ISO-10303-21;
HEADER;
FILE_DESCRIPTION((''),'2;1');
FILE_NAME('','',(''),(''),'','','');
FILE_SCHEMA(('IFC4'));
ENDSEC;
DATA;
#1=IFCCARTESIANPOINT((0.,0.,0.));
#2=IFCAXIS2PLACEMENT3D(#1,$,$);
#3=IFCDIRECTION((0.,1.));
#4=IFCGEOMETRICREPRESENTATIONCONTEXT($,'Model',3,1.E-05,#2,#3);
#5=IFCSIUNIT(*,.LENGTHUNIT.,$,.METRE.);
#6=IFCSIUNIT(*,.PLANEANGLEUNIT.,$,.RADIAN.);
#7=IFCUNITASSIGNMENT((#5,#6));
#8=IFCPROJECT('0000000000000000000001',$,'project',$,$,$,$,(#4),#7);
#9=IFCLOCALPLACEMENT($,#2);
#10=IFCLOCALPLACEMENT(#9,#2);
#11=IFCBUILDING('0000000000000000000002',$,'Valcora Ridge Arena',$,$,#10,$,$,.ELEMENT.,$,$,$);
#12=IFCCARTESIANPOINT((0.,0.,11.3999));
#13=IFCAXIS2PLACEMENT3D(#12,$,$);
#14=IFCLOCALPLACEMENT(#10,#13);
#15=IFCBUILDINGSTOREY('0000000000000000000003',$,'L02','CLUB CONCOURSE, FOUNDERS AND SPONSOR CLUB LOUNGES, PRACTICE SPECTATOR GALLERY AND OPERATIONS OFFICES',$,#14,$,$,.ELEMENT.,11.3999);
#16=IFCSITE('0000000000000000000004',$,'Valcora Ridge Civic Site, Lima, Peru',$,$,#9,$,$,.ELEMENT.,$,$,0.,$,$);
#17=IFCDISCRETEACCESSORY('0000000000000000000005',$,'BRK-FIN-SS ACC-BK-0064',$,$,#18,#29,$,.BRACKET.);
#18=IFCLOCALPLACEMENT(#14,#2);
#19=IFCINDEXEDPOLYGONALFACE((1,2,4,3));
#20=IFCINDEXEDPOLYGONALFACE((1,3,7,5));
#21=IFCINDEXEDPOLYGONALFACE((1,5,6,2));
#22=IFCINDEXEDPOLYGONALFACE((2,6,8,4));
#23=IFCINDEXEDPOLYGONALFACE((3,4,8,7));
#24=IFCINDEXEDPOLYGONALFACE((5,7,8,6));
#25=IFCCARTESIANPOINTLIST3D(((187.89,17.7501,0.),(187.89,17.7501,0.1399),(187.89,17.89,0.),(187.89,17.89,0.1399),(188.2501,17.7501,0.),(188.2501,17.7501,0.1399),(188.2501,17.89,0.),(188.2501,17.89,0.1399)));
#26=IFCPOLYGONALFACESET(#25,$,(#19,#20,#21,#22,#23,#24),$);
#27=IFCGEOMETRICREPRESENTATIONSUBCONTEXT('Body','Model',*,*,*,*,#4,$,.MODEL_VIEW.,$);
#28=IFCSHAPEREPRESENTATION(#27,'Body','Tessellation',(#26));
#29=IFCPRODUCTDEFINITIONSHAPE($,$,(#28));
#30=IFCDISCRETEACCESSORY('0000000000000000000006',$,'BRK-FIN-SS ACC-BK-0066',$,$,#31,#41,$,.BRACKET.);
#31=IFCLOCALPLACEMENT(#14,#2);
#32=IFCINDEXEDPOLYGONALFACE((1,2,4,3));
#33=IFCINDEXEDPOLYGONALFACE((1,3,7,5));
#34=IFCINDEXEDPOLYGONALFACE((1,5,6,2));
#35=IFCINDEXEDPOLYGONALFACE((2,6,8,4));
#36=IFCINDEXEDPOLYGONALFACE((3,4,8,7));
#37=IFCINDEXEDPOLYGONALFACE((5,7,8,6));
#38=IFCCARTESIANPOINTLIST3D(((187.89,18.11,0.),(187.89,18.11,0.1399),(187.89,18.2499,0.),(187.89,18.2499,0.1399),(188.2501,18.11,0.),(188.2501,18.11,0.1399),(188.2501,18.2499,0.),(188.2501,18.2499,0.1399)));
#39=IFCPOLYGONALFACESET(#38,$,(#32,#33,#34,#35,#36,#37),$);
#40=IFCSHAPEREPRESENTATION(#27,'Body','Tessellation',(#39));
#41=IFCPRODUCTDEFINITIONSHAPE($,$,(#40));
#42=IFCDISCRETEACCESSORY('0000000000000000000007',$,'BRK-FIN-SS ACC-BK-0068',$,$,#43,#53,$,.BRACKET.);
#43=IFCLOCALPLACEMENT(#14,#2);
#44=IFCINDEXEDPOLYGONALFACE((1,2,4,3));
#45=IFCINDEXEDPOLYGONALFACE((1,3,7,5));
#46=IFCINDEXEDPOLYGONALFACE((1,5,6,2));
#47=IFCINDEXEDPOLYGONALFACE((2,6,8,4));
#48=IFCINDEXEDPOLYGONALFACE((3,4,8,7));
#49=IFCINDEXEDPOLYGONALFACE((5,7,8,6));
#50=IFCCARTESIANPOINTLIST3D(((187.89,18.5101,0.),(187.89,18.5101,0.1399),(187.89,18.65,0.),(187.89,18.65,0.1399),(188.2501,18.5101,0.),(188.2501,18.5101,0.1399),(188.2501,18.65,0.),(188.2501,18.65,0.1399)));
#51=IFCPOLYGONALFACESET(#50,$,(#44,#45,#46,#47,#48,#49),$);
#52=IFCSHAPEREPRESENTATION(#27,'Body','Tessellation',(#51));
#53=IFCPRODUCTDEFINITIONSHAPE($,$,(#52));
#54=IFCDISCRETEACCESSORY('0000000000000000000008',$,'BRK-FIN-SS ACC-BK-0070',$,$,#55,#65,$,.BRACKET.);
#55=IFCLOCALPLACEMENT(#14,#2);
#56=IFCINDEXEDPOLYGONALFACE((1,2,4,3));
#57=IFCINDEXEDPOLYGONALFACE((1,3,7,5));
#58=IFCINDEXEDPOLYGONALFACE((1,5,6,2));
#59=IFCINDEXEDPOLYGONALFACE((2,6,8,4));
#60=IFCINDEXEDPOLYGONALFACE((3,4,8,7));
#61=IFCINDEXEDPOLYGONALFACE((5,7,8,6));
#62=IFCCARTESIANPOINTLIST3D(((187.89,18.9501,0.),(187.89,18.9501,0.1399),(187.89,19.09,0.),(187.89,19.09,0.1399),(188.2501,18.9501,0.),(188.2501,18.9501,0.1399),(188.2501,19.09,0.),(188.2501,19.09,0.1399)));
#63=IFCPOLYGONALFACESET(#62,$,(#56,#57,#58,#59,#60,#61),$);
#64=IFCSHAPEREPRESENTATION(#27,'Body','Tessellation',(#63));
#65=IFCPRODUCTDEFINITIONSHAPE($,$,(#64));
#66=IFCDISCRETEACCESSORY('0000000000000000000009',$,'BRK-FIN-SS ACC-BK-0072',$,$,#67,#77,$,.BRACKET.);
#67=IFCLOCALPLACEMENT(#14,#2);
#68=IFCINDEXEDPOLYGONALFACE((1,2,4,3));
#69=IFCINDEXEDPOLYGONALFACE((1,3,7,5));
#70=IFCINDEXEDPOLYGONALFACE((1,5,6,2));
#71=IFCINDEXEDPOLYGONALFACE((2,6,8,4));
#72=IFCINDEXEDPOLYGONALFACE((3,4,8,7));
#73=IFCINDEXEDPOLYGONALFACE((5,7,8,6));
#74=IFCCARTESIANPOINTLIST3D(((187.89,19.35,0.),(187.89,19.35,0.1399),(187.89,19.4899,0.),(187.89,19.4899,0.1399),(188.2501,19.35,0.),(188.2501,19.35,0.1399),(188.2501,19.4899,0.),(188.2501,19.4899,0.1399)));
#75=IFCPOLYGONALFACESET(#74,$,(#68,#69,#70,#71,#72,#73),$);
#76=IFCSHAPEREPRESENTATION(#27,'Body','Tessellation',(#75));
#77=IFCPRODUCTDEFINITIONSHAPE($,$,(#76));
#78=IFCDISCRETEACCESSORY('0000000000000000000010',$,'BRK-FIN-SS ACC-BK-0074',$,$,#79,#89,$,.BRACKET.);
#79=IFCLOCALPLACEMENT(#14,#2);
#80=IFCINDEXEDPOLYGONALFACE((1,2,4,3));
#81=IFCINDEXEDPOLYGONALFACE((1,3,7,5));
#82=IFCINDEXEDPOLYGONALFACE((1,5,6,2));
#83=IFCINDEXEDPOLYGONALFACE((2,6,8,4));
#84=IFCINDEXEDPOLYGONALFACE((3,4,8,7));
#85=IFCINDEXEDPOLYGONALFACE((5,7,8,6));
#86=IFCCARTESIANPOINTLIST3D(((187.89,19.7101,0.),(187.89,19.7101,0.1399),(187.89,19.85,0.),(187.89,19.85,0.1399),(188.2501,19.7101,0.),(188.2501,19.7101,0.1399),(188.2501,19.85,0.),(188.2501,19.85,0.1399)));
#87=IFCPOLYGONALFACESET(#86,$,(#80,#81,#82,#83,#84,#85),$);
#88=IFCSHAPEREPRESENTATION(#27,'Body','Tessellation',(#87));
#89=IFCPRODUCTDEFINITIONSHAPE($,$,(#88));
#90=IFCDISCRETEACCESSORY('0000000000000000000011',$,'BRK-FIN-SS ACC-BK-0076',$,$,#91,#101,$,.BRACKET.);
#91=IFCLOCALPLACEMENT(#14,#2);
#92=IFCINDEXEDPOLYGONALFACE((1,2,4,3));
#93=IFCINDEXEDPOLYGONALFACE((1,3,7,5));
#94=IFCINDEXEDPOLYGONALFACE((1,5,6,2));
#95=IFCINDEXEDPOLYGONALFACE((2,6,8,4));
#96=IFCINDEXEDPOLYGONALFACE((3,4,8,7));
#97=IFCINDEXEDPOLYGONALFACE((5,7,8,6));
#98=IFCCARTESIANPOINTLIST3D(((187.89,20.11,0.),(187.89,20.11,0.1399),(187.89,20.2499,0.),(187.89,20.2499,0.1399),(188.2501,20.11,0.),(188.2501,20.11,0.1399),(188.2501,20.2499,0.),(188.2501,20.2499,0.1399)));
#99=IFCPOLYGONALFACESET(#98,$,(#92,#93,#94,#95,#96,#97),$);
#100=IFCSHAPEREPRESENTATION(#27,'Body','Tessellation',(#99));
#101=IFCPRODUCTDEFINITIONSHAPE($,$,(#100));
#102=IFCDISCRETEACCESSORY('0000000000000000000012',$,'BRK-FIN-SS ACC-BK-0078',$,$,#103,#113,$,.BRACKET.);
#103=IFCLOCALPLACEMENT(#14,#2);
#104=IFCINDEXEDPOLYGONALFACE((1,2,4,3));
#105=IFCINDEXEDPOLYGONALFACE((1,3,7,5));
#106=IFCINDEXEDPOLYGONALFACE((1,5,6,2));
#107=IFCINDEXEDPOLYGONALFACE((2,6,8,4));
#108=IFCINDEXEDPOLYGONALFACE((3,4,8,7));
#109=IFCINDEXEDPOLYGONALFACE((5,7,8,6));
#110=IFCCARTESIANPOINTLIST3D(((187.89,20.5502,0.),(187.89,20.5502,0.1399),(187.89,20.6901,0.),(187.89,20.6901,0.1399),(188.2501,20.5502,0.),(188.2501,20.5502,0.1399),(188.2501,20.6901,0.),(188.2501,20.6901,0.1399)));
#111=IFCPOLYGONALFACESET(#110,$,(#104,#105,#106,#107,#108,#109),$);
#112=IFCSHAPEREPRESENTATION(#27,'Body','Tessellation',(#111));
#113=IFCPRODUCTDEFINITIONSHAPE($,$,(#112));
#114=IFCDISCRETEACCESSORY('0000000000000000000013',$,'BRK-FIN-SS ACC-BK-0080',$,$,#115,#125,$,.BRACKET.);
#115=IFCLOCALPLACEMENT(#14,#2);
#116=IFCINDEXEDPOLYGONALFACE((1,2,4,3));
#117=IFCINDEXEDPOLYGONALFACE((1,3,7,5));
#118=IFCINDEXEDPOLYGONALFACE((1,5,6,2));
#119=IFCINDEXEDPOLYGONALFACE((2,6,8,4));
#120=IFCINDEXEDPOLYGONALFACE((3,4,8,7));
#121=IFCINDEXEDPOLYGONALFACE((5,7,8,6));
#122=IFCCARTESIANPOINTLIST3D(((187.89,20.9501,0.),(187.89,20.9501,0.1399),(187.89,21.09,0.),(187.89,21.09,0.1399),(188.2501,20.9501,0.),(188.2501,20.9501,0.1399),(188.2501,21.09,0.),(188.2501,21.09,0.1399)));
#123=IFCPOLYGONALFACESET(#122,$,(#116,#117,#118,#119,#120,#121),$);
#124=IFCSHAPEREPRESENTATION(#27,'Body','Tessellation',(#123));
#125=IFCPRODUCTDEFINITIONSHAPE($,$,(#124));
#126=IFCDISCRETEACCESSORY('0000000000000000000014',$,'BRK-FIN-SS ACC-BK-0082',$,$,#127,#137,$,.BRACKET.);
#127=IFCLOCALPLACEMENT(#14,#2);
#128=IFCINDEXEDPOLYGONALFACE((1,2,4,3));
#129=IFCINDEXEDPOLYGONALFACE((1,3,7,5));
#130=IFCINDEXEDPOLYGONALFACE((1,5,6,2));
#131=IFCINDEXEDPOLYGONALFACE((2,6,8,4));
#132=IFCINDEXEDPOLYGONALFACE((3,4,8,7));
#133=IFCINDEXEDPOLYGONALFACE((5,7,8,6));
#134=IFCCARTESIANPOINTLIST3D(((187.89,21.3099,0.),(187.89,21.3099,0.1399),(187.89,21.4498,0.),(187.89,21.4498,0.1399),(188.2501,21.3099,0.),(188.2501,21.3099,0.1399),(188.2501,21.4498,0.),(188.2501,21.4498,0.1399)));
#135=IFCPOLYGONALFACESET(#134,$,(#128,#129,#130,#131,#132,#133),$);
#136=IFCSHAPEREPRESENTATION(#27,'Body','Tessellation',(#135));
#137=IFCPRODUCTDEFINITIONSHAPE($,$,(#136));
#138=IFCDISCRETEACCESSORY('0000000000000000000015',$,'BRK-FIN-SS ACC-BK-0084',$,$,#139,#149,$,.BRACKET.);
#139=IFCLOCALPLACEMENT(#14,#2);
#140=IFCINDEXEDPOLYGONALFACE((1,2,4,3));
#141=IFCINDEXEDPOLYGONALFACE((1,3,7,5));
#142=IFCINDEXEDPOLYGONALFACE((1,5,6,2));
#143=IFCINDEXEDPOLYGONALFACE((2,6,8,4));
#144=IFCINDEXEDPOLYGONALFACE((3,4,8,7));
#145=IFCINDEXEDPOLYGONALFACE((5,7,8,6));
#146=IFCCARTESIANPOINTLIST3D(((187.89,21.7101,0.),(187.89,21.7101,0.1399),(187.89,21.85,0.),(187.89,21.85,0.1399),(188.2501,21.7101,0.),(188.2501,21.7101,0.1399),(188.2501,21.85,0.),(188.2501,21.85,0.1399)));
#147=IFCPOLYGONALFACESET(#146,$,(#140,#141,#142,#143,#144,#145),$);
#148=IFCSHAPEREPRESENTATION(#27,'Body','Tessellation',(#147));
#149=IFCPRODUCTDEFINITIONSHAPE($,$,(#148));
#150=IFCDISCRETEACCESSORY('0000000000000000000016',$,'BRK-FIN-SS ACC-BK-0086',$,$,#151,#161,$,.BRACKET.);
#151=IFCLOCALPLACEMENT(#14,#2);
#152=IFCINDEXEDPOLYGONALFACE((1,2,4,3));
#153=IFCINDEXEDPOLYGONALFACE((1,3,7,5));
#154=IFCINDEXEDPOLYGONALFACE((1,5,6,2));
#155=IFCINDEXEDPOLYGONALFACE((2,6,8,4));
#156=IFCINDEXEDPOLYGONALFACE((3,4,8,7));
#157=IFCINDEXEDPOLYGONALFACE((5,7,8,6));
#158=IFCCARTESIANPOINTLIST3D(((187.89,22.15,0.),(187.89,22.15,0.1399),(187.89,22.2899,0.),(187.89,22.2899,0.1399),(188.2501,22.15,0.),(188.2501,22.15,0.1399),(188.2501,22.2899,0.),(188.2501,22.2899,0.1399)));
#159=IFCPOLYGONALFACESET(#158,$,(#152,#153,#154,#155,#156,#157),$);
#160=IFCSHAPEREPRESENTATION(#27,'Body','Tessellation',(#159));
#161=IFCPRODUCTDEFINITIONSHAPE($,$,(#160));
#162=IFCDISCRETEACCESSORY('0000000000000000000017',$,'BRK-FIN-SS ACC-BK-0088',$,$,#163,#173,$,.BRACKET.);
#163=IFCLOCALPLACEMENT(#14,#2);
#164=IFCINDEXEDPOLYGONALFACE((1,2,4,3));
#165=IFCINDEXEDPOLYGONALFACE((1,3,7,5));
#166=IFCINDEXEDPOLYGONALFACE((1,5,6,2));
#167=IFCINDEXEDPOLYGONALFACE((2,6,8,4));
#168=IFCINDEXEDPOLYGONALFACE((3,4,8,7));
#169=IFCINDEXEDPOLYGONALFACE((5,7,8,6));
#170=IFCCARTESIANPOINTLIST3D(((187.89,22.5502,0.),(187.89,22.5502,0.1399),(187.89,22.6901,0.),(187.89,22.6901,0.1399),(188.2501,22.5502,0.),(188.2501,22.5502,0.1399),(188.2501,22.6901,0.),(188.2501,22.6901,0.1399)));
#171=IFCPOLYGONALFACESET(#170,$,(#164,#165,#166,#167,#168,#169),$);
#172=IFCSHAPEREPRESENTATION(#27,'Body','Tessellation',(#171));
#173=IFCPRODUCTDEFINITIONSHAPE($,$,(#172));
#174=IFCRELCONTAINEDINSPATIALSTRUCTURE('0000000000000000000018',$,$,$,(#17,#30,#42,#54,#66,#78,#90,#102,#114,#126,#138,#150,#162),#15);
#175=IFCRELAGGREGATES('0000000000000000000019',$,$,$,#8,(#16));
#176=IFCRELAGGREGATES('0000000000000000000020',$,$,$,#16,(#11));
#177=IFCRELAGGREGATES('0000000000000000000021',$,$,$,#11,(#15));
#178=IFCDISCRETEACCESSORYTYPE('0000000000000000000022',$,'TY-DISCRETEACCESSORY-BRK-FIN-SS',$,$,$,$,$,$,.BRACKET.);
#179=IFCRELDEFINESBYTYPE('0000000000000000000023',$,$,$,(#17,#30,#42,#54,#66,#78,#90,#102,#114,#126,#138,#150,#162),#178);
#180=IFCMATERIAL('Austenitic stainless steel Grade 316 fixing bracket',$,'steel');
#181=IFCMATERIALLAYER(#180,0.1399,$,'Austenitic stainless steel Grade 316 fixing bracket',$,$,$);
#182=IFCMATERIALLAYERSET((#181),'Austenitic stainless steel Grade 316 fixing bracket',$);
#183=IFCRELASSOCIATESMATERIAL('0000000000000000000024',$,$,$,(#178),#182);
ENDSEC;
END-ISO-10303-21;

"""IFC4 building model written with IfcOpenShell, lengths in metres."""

from ifc_helpers import new_model, si_unit, direction, frame, origin, origin_2d, place, context, subcontext, project, spatial, rectangle, extrude, material, layer, layer_set, type_object, element, save


model = new_model("IFC4")

# Units and contexts
model_context = context("Model", 3, precision=1e-05, world=origin(), true_north=direction((0.0, 1.0)))
body_context = subcontext(model_context, "Body", "Model", "MODEL_VIEW")
ifc_project = project(units=[si_unit("LENGTHUNIT", "METRE"), si_unit("PLANEANGLEUNIT", "RADIAN")], contexts=[model_context])

# Site, building, storey
site_placement = place(None, origin())
site = spatial("IfcSite", under=ifc_project, at=site_placement, Name="Valcora Ridge Civic Site, Lima, Peru", CompositionType="ELEMENT", RefElevation=0.0)
building_placement = place(site_placement, origin())
building = spatial("IfcBuilding", under=site, at=building_placement, Name="Valcora Ridge Arena", CompositionType="ELEMENT")
storey_placement = place(building_placement, frame((0.0, 0.0, 11.3999)))
storey = spatial("IfcBuildingStorey", under=building, at=storey_placement, Name="L02", Description="CLUB CONCOURSE, FOUNDERS AND SPONSOR CLUB LOUNGES, PRACTICE SPECTATOR GALLERY AND OPERATIONS OFFICES", CompositionType="ELEMENT", Elevation=11.3999)

# Discrete accessories
ifc_material_1 = material(Name="Austenitic stainless steel Grade 316 fixing bracket", Category="steel")
ifc_layer_1 = layer(ifc_material_1, 0.1399, Name="Austenitic stainless steel Grade 316 fixing bracket")
ifc_layer_set_1 = layer_set([ifc_layer_1], Name="Austenitic stainless steel Grade 316 fixing bracket")
discrete_accessory_type = type_object("IfcDiscreteAccessoryType", Name="TY-DISCRETEACCESSORY-BRK-FIN-SS", PredefinedType="BRACKET", material=ifc_layer_set_1)
for number, where, z_axis, x_axis, name in (
    (1, (188.0701, 17.8201, 0.0), (0.0, 0.0, 1.0), (1.0, 0.0, 0.0), "BRK-FIN-SS ACC-BK-0064"),
    (2, (188.0701, 18.1799, 0.0), (0.0, 0.0, 1.0), (1.0, 0.0, 0.0), "BRK-FIN-SS ACC-BK-0066"),
    (3, (188.0701, 18.5801, 0.0), (0.0, 0.0, 1.0), (1.0, 0.0, 0.0), "BRK-FIN-SS ACC-BK-0068"),
    (4, (188.0701, 19.02, 0.0), (0.0, 0.0, 1.0), (1.0, 0.0, 0.0), "BRK-FIN-SS ACC-BK-0070"),
    (5, (188.0701, 19.4199, 0.0), (0.0, 0.0, 1.0), (1.0, 0.0, 0.0), "BRK-FIN-SS ACC-BK-0072"),
    (6, (188.0701, 19.78, 0.0), (0.0, 0.0, 1.0), (1.0, 0.0, 0.0), "BRK-FIN-SS ACC-BK-0074"),
    (7, (188.0701, 20.1799, 0.0), (0.0, 0.0, 1.0), (1.0, 0.0, 0.0), "BRK-FIN-SS ACC-BK-0076"),
    (8, (188.0701, 20.6201, 0.0), (0.0, 0.0, 1.0), (1.0, 0.0, 0.0), "BRK-FIN-SS ACC-BK-0078"),
    (9, (188.0701, 21.02, 0.0), (0.0, 0.0, 1.0), (1.0, 0.0, 0.0), "BRK-FIN-SS ACC-BK-0080"),
    (10, (188.0701, 21.3799, 0.0), (0.0, 0.0, 1.0), (1.0, 0.0, 0.0), "BRK-FIN-SS ACC-BK-0082"),
    (11, (188.0701, 21.78, 0.0), (0.0, 0.0, 1.0), (1.0, 0.0, 0.0), "BRK-FIN-SS ACC-BK-0084"),
    (12, (188.0701, 22.22, 0.0), (0.0, 0.0, 1.0), (1.0, 0.0, 0.0), "BRK-FIN-SS ACC-BK-0086"),
    (13, (188.0701, 22.6201, 0.0), (0.0, 0.0, 1.0), (1.0, 0.0, 0.0), "BRK-FIN-SS ACC-BK-0088"),
):
    element("IfcDiscreteAccessory", number, at=place(storey_placement, frame(where, z_axis=z_axis, x_axis=x_axis)), inside=storey, type_object=discrete_accessory_type, Name=name, PredefinedType="BRACKET", context=body_context, shape_type="SweptSolid", body=[
        extrude(rectangle(XDim=0.3601, YDim=0.1399, at=origin_2d()), origin(), (0.0, 0.0, 1.0), 0.1399),
    ])

save(model, "model.ifc")
